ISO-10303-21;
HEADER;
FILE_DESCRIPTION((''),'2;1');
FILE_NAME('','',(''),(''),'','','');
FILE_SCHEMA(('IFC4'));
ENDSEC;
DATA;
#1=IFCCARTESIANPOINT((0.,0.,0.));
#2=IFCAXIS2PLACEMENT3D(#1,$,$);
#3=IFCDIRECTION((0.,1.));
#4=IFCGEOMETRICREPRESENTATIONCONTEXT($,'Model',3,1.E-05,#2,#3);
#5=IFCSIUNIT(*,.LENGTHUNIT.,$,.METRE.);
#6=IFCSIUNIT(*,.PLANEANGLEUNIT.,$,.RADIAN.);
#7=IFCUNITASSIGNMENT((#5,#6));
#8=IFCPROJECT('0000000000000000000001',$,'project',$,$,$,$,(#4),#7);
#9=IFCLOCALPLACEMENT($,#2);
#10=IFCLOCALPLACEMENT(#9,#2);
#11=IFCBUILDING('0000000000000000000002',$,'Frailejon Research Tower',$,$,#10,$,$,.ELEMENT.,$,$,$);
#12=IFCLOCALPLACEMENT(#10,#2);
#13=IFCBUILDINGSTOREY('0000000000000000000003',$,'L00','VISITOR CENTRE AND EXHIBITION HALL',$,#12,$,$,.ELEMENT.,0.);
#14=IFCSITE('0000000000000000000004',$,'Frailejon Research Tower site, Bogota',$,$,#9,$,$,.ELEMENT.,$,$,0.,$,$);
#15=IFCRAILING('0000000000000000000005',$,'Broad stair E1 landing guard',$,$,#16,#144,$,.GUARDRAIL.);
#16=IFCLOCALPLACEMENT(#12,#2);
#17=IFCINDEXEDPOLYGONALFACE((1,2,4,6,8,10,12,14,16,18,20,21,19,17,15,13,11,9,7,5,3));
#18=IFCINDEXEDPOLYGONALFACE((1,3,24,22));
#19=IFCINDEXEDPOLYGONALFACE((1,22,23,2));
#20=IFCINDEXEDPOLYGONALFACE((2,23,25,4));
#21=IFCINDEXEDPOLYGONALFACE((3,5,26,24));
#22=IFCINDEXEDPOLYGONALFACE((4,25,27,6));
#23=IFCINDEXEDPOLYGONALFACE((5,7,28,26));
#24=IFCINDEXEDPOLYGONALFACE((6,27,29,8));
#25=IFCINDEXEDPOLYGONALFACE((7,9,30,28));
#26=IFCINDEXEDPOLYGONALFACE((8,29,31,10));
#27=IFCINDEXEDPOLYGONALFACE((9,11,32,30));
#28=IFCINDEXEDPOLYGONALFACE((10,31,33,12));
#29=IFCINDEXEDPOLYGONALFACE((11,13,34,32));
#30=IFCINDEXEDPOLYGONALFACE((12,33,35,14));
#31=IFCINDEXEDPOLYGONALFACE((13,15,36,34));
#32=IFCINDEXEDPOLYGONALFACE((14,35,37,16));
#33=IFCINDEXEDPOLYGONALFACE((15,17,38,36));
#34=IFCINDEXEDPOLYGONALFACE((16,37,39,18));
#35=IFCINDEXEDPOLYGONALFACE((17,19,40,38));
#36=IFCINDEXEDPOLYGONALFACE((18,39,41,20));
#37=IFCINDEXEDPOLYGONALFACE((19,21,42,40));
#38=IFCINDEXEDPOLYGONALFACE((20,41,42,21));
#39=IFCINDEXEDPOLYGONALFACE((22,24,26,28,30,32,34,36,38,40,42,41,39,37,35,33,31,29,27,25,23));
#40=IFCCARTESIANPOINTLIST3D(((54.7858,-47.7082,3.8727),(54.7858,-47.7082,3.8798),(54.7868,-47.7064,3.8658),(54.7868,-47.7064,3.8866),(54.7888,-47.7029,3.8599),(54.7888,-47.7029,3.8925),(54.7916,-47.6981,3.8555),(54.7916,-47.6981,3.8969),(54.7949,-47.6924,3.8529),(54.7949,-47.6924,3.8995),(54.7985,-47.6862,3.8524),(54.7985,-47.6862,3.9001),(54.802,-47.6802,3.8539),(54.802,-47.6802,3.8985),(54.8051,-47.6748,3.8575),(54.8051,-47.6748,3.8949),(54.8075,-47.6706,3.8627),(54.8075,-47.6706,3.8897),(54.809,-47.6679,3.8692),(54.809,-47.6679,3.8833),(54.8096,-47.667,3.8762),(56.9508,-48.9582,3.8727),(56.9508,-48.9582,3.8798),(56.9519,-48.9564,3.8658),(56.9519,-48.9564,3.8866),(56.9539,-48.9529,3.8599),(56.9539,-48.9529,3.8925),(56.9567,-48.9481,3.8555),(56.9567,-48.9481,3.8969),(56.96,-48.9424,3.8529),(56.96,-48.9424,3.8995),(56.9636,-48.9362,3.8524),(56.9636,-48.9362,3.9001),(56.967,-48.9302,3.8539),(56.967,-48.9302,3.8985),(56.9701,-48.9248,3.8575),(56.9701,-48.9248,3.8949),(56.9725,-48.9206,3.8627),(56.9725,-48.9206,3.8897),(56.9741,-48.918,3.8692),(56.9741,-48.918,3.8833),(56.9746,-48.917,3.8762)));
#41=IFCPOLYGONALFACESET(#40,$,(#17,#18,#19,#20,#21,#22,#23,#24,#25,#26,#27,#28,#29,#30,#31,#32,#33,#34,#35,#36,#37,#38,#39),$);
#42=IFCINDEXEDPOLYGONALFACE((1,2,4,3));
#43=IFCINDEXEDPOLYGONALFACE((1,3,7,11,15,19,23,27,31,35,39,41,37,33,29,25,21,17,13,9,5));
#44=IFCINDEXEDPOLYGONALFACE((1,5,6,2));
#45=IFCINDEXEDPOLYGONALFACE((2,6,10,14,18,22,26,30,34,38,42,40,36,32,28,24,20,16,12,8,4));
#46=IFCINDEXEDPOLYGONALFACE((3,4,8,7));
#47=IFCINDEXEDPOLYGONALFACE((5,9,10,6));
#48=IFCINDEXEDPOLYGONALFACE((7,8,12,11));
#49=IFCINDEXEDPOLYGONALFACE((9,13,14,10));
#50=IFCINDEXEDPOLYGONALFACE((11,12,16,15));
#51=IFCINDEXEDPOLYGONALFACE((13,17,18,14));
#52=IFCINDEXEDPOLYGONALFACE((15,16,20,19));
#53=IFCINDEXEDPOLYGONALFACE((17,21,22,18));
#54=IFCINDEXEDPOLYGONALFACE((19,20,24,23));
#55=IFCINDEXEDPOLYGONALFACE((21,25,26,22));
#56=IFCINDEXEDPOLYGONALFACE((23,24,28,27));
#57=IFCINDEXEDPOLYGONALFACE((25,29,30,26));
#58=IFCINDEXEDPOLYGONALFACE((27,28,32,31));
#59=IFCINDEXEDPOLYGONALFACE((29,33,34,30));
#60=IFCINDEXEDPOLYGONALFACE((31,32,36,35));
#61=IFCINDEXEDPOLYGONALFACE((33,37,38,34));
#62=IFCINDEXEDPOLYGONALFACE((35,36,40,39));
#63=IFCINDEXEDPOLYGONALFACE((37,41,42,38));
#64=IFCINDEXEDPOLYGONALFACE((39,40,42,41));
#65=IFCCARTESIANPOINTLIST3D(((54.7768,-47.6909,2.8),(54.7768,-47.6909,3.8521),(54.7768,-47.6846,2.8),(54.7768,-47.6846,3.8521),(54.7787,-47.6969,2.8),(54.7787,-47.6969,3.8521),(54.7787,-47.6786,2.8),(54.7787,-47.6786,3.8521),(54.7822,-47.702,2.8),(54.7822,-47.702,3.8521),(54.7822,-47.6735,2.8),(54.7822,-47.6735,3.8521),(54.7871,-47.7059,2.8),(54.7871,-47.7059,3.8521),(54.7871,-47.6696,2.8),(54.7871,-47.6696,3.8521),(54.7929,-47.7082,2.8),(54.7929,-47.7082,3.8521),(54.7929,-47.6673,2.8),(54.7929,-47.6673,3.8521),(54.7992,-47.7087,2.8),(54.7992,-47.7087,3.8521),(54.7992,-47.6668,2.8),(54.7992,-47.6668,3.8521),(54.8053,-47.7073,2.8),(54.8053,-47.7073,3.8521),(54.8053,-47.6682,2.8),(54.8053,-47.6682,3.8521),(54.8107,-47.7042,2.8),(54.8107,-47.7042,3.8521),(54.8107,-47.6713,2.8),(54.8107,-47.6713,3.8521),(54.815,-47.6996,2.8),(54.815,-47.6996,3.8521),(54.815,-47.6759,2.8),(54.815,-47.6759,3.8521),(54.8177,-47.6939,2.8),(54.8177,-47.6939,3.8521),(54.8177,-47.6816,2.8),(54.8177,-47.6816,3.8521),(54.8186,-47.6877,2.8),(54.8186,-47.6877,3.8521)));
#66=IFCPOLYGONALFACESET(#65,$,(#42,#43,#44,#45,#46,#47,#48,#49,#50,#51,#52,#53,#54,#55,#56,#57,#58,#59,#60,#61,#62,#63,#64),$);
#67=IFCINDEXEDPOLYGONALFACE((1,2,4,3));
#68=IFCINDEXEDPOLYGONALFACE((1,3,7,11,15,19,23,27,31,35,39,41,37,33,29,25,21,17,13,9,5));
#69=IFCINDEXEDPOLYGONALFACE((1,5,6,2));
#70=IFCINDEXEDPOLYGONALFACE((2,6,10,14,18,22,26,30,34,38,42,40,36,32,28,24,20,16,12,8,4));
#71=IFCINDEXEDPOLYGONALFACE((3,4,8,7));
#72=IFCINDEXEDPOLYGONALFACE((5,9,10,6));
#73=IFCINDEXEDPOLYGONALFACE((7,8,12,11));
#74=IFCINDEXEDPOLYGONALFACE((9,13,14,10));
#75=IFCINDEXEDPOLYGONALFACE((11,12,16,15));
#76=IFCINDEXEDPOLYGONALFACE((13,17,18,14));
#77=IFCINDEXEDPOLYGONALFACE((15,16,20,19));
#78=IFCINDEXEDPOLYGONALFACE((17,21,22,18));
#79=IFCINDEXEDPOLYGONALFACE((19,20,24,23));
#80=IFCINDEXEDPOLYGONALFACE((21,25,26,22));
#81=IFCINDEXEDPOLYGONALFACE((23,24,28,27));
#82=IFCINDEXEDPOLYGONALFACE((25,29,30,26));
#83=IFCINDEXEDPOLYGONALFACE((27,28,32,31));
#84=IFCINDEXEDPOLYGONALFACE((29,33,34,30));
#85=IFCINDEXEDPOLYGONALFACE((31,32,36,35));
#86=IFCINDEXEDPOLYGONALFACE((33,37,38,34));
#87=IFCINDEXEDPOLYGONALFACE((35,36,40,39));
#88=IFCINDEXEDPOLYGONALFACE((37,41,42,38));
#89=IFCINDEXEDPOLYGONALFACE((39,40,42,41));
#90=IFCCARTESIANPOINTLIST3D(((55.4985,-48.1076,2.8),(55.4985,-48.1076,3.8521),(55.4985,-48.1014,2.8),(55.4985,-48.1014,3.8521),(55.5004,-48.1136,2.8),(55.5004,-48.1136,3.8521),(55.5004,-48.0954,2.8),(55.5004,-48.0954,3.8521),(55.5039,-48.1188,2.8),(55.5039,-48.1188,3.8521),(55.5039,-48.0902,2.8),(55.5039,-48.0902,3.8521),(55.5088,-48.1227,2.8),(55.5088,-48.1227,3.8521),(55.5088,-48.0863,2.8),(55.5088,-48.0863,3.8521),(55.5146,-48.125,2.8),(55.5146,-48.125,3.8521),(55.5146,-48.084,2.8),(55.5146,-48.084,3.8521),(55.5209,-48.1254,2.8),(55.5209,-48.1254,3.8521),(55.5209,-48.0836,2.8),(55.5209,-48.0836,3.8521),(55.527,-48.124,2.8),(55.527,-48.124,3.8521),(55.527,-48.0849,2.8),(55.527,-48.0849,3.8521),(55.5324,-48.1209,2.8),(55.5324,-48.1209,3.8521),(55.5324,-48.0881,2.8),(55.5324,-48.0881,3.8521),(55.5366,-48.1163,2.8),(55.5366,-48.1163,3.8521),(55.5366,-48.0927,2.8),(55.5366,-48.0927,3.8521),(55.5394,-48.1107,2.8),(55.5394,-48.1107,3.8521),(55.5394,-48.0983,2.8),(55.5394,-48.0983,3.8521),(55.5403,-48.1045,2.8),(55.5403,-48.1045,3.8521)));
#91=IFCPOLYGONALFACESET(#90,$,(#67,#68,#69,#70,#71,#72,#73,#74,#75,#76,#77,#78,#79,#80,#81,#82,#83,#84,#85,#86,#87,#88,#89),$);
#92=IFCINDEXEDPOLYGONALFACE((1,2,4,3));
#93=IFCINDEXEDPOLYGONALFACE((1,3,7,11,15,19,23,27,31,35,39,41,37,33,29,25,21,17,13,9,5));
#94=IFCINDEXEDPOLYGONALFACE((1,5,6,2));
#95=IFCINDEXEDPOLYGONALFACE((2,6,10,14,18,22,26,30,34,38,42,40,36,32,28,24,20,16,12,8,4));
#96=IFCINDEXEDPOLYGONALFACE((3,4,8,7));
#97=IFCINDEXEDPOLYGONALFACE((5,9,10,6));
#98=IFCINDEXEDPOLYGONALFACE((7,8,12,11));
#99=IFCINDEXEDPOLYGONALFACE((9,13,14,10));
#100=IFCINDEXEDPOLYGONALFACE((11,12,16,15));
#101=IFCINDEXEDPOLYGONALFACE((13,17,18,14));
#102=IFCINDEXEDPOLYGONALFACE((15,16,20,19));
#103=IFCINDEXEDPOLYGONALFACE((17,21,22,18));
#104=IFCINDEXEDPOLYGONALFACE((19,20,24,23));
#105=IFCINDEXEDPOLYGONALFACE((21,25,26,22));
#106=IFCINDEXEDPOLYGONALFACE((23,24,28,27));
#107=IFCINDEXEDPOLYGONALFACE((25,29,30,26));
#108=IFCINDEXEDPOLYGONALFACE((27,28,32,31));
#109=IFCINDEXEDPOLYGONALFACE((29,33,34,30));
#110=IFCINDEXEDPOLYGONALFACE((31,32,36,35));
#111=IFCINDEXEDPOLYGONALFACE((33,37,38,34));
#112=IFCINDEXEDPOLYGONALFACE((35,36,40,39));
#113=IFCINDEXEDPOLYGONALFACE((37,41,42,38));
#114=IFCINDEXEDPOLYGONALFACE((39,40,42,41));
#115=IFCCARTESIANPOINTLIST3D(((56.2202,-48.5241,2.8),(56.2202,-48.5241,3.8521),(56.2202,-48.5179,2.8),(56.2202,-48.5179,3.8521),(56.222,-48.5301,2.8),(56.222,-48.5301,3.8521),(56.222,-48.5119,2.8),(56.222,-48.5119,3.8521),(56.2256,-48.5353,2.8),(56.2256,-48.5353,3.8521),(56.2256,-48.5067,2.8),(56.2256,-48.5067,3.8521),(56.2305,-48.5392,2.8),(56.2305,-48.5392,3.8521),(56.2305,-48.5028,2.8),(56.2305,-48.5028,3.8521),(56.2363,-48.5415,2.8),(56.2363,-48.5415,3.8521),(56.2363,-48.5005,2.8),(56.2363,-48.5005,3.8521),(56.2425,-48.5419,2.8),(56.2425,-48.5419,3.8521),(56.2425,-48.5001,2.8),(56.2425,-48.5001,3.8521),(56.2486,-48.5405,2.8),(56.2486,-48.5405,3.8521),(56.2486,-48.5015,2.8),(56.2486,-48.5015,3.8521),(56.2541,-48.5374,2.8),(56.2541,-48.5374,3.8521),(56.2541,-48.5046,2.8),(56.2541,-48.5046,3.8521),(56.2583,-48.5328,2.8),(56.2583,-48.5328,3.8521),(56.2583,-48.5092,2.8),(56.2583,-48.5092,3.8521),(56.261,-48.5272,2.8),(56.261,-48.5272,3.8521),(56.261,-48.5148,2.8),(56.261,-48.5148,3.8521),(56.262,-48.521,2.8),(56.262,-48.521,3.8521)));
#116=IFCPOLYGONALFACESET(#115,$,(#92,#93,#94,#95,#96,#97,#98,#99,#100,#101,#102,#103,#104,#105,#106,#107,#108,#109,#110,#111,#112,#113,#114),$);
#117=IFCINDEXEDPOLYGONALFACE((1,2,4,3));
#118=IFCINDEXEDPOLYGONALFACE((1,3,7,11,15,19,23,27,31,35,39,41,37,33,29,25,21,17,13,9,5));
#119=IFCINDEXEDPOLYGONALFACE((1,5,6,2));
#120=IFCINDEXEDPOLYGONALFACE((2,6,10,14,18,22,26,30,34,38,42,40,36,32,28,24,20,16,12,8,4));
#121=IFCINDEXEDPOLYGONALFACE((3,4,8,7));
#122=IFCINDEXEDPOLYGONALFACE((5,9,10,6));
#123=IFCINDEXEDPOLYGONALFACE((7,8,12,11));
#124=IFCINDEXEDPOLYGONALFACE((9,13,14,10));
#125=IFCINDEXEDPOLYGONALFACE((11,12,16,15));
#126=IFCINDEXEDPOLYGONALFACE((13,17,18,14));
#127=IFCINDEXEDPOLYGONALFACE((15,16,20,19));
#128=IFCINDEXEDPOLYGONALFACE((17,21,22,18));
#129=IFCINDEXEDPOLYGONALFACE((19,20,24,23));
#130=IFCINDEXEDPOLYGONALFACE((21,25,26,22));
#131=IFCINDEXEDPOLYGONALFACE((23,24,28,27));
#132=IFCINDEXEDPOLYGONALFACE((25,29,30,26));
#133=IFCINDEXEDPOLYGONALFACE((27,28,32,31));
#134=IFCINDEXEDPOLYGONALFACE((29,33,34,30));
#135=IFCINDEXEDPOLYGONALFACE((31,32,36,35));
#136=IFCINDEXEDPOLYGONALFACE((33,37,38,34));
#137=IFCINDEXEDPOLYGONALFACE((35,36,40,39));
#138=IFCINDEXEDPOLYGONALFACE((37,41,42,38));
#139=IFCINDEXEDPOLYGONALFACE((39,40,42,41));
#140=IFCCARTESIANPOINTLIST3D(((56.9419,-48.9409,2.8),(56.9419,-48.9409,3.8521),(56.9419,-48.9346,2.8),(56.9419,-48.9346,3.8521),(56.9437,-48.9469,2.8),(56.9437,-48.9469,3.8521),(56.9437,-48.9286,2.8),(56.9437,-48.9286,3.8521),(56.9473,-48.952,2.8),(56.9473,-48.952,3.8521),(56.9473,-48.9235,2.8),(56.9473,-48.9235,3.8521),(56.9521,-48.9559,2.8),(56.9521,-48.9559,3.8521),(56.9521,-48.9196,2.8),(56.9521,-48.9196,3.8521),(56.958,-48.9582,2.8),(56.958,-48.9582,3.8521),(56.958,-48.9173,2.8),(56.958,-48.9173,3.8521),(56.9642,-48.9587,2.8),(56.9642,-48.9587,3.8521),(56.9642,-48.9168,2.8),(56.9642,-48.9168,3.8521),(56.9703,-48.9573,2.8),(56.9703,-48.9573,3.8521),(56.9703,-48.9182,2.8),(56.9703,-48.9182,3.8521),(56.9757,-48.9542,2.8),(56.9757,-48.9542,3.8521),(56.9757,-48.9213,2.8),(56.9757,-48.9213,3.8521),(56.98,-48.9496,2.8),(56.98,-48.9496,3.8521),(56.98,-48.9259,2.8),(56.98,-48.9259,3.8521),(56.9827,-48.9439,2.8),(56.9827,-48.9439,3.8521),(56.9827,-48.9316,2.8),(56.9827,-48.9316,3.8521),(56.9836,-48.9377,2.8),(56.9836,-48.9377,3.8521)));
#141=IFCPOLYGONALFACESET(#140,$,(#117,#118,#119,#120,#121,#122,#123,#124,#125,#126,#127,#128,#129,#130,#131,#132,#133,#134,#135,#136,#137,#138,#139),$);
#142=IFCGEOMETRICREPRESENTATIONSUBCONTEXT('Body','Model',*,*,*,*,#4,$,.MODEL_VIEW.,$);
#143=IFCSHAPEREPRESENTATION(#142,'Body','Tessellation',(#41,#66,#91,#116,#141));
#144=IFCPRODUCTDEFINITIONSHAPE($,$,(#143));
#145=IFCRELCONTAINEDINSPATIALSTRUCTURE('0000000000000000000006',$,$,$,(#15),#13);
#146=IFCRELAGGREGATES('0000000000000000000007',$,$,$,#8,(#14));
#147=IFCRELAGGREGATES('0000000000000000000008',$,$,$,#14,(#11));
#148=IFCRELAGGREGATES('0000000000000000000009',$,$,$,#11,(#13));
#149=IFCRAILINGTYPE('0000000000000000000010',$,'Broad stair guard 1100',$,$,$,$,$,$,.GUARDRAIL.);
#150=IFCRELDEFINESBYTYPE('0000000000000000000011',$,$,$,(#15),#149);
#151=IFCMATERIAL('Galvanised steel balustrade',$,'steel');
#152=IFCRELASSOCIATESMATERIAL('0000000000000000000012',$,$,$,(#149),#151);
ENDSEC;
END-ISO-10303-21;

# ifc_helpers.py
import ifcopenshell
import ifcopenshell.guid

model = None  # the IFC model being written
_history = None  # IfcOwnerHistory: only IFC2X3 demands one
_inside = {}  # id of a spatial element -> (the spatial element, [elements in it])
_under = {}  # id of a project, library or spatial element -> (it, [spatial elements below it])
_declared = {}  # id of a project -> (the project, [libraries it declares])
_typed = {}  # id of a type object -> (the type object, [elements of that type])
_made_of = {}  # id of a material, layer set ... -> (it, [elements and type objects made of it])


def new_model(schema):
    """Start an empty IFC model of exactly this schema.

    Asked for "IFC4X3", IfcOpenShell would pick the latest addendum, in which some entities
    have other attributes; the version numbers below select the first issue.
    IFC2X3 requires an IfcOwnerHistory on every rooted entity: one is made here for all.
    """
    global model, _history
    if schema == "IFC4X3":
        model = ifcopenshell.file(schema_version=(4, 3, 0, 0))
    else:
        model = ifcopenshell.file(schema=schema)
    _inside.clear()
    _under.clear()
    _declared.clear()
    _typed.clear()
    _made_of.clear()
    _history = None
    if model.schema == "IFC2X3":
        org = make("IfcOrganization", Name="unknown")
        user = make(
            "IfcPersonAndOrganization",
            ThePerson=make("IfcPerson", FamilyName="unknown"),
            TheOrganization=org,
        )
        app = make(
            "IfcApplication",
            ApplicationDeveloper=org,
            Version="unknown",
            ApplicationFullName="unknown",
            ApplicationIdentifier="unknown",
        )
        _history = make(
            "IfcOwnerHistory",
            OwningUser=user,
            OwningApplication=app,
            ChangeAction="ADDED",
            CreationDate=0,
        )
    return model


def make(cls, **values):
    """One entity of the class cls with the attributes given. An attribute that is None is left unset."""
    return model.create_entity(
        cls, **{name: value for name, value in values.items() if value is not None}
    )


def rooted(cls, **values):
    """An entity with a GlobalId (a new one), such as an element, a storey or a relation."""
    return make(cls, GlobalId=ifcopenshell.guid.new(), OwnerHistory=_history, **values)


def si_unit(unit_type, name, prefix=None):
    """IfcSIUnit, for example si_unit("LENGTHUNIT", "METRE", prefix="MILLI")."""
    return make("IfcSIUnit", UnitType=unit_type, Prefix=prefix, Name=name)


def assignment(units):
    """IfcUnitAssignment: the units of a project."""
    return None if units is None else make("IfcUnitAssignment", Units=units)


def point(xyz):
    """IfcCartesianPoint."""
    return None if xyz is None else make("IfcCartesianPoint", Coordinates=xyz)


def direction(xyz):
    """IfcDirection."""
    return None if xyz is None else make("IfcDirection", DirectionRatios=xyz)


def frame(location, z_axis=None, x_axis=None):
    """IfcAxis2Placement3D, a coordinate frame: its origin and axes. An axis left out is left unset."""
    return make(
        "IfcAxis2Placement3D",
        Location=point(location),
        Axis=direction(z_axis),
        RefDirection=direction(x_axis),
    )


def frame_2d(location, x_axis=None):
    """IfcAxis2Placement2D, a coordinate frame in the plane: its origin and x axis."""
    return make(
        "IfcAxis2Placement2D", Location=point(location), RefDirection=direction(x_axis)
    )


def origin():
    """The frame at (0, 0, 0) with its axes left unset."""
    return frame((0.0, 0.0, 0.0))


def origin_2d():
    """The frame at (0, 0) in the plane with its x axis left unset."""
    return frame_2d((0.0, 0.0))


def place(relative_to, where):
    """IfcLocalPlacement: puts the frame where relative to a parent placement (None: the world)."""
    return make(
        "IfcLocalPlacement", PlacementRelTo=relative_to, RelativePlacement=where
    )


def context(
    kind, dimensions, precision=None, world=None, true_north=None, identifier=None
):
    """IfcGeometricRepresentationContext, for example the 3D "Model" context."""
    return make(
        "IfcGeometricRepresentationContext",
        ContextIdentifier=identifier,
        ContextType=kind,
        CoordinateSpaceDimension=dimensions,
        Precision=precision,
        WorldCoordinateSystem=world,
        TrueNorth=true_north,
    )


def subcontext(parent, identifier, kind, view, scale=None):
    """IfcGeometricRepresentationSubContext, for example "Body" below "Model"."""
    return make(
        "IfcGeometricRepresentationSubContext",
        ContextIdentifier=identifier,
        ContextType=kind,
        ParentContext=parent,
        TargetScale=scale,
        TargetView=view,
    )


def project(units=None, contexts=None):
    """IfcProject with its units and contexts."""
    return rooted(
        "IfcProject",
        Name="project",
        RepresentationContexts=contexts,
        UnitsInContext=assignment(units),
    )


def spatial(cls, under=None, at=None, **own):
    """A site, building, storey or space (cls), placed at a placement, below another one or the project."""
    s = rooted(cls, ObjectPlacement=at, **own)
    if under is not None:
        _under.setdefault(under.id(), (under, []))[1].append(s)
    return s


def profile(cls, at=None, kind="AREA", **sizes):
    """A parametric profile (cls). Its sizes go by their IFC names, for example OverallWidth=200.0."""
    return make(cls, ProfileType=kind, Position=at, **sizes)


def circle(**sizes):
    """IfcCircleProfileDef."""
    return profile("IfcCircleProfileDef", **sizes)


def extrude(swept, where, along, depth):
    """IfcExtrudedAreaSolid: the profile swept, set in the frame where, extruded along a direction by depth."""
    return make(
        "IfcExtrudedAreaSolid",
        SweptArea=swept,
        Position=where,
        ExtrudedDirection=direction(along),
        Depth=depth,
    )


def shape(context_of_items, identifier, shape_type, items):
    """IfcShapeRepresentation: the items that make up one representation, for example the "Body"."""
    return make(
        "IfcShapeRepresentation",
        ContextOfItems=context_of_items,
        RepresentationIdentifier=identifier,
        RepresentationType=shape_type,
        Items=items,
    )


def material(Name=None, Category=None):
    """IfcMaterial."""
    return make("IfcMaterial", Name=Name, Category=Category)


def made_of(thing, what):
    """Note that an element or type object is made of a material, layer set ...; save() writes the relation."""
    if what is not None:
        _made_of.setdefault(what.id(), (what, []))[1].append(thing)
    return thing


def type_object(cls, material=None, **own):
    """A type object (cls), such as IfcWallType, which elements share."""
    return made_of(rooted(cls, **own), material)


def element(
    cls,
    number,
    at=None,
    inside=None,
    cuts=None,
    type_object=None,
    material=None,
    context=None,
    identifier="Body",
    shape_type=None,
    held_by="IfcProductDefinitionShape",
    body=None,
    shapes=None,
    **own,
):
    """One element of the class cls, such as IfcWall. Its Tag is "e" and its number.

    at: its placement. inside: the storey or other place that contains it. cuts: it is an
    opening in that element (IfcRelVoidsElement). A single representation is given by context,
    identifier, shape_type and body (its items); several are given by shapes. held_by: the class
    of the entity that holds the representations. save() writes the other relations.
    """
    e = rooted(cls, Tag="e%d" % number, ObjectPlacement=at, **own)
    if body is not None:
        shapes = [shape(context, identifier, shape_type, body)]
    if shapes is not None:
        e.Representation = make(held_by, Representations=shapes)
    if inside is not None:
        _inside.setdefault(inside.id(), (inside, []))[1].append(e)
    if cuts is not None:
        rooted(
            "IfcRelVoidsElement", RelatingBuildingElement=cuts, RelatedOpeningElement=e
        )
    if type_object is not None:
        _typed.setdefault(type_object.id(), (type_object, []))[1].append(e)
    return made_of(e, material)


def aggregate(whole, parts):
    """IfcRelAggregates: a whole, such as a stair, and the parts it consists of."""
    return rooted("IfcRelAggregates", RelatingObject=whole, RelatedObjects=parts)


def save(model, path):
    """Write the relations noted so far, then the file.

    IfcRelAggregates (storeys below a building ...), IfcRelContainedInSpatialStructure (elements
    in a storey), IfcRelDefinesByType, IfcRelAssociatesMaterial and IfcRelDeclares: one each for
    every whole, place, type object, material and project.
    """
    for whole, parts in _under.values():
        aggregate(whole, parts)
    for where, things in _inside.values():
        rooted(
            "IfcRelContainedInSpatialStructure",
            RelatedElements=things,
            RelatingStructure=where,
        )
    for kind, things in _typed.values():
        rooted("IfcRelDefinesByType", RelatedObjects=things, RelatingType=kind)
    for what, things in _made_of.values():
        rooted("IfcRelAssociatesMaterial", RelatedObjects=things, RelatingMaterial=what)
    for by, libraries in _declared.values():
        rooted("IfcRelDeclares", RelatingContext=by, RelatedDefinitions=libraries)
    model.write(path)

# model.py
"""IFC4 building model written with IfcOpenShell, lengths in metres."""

from ifc_helpers import new_model, si_unit, direction, frame, origin, origin_2d, place, context, subcontext, project, spatial, circle, extrude, material, type_object, element, save


model = new_model("IFC4")

# Units and contexts
model_context = context("Model", 3, precision=1e-05, world=origin(), true_north=direction((0.0, 1.0)))
body_context = subcontext(model_context, "Body", "Model", "MODEL_VIEW")
ifc_project = project(units=[si_unit("LENGTHUNIT", "METRE"), si_unit("PLANEANGLEUNIT", "RADIAN")], contexts=[model_context])

# Site, building, storey
site_placement = place(None, origin())
site = spatial("IfcSite", under=ifc_project, at=site_placement, Name="Frailejon Research Tower site, Bogota", CompositionType="ELEMENT", RefElevation=0.0)
building_placement = place(site_placement, origin())
building = spatial("IfcBuilding", under=site, at=building_placement, Name="Frailejon Research Tower", CompositionType="ELEMENT")
storey_placement = place(building_placement, origin())
storey = spatial("IfcBuildingStorey", under=building, at=storey_placement, Name="L00", Description="VISITOR CENTRE AND EXHIBITION HALL", CompositionType="ELEMENT", Elevation=0.0)

# Railing
ifc_material_1 = material(Name="Galvanised steel balustrade", Category="steel")
railing_type_1 = type_object("IfcRailingType", Name="Broad stair guard 1100", PredefinedType="GUARDRAIL", material=ifc_material_1)
railing_1_placement = place(storey_placement, frame((54.7976, -47.6877, 2.8)))
element("IfcRailing", 1, at=railing_1_placement, inside=storey, type_object=railing_type_1, Name="Broad stair E1 landing guard", PredefinedType="GUARDRAIL", context=body_context, shape_type="SweptSolid", body=[
    extrude(circle(Radius=0.0239, at=origin_2d()), frame((0.0, 0.0, 1.0762), z_axis=(0.866023, -0.500004, 0.0), x_axis=(0.500004, 0.866023, 0.0)), (0.0, 0.0, 1.0), 2.5),
    extrude(circle(Radius=0.021, at=origin_2d()), origin(), (0.0, 0.0, 1.0), 1.052),
    extrude(circle(Radius=0.021, at=origin_2d()), frame((0.7217, -0.4167, 0.0)), (0.0, 0.0, 1.0), 1.052),
    extrude(circle(Radius=0.021, at=origin_2d()), frame((1.4434, -0.8333, 0.0)), (0.0, 0.0, 1.0), 1.052),
    extrude(circle(Radius=0.021, at=origin_2d()), frame((2.165, -1.25, 0.0)), (0.0, 0.0, 1.0), 1.052),
])

save(model, "model.ifc")
